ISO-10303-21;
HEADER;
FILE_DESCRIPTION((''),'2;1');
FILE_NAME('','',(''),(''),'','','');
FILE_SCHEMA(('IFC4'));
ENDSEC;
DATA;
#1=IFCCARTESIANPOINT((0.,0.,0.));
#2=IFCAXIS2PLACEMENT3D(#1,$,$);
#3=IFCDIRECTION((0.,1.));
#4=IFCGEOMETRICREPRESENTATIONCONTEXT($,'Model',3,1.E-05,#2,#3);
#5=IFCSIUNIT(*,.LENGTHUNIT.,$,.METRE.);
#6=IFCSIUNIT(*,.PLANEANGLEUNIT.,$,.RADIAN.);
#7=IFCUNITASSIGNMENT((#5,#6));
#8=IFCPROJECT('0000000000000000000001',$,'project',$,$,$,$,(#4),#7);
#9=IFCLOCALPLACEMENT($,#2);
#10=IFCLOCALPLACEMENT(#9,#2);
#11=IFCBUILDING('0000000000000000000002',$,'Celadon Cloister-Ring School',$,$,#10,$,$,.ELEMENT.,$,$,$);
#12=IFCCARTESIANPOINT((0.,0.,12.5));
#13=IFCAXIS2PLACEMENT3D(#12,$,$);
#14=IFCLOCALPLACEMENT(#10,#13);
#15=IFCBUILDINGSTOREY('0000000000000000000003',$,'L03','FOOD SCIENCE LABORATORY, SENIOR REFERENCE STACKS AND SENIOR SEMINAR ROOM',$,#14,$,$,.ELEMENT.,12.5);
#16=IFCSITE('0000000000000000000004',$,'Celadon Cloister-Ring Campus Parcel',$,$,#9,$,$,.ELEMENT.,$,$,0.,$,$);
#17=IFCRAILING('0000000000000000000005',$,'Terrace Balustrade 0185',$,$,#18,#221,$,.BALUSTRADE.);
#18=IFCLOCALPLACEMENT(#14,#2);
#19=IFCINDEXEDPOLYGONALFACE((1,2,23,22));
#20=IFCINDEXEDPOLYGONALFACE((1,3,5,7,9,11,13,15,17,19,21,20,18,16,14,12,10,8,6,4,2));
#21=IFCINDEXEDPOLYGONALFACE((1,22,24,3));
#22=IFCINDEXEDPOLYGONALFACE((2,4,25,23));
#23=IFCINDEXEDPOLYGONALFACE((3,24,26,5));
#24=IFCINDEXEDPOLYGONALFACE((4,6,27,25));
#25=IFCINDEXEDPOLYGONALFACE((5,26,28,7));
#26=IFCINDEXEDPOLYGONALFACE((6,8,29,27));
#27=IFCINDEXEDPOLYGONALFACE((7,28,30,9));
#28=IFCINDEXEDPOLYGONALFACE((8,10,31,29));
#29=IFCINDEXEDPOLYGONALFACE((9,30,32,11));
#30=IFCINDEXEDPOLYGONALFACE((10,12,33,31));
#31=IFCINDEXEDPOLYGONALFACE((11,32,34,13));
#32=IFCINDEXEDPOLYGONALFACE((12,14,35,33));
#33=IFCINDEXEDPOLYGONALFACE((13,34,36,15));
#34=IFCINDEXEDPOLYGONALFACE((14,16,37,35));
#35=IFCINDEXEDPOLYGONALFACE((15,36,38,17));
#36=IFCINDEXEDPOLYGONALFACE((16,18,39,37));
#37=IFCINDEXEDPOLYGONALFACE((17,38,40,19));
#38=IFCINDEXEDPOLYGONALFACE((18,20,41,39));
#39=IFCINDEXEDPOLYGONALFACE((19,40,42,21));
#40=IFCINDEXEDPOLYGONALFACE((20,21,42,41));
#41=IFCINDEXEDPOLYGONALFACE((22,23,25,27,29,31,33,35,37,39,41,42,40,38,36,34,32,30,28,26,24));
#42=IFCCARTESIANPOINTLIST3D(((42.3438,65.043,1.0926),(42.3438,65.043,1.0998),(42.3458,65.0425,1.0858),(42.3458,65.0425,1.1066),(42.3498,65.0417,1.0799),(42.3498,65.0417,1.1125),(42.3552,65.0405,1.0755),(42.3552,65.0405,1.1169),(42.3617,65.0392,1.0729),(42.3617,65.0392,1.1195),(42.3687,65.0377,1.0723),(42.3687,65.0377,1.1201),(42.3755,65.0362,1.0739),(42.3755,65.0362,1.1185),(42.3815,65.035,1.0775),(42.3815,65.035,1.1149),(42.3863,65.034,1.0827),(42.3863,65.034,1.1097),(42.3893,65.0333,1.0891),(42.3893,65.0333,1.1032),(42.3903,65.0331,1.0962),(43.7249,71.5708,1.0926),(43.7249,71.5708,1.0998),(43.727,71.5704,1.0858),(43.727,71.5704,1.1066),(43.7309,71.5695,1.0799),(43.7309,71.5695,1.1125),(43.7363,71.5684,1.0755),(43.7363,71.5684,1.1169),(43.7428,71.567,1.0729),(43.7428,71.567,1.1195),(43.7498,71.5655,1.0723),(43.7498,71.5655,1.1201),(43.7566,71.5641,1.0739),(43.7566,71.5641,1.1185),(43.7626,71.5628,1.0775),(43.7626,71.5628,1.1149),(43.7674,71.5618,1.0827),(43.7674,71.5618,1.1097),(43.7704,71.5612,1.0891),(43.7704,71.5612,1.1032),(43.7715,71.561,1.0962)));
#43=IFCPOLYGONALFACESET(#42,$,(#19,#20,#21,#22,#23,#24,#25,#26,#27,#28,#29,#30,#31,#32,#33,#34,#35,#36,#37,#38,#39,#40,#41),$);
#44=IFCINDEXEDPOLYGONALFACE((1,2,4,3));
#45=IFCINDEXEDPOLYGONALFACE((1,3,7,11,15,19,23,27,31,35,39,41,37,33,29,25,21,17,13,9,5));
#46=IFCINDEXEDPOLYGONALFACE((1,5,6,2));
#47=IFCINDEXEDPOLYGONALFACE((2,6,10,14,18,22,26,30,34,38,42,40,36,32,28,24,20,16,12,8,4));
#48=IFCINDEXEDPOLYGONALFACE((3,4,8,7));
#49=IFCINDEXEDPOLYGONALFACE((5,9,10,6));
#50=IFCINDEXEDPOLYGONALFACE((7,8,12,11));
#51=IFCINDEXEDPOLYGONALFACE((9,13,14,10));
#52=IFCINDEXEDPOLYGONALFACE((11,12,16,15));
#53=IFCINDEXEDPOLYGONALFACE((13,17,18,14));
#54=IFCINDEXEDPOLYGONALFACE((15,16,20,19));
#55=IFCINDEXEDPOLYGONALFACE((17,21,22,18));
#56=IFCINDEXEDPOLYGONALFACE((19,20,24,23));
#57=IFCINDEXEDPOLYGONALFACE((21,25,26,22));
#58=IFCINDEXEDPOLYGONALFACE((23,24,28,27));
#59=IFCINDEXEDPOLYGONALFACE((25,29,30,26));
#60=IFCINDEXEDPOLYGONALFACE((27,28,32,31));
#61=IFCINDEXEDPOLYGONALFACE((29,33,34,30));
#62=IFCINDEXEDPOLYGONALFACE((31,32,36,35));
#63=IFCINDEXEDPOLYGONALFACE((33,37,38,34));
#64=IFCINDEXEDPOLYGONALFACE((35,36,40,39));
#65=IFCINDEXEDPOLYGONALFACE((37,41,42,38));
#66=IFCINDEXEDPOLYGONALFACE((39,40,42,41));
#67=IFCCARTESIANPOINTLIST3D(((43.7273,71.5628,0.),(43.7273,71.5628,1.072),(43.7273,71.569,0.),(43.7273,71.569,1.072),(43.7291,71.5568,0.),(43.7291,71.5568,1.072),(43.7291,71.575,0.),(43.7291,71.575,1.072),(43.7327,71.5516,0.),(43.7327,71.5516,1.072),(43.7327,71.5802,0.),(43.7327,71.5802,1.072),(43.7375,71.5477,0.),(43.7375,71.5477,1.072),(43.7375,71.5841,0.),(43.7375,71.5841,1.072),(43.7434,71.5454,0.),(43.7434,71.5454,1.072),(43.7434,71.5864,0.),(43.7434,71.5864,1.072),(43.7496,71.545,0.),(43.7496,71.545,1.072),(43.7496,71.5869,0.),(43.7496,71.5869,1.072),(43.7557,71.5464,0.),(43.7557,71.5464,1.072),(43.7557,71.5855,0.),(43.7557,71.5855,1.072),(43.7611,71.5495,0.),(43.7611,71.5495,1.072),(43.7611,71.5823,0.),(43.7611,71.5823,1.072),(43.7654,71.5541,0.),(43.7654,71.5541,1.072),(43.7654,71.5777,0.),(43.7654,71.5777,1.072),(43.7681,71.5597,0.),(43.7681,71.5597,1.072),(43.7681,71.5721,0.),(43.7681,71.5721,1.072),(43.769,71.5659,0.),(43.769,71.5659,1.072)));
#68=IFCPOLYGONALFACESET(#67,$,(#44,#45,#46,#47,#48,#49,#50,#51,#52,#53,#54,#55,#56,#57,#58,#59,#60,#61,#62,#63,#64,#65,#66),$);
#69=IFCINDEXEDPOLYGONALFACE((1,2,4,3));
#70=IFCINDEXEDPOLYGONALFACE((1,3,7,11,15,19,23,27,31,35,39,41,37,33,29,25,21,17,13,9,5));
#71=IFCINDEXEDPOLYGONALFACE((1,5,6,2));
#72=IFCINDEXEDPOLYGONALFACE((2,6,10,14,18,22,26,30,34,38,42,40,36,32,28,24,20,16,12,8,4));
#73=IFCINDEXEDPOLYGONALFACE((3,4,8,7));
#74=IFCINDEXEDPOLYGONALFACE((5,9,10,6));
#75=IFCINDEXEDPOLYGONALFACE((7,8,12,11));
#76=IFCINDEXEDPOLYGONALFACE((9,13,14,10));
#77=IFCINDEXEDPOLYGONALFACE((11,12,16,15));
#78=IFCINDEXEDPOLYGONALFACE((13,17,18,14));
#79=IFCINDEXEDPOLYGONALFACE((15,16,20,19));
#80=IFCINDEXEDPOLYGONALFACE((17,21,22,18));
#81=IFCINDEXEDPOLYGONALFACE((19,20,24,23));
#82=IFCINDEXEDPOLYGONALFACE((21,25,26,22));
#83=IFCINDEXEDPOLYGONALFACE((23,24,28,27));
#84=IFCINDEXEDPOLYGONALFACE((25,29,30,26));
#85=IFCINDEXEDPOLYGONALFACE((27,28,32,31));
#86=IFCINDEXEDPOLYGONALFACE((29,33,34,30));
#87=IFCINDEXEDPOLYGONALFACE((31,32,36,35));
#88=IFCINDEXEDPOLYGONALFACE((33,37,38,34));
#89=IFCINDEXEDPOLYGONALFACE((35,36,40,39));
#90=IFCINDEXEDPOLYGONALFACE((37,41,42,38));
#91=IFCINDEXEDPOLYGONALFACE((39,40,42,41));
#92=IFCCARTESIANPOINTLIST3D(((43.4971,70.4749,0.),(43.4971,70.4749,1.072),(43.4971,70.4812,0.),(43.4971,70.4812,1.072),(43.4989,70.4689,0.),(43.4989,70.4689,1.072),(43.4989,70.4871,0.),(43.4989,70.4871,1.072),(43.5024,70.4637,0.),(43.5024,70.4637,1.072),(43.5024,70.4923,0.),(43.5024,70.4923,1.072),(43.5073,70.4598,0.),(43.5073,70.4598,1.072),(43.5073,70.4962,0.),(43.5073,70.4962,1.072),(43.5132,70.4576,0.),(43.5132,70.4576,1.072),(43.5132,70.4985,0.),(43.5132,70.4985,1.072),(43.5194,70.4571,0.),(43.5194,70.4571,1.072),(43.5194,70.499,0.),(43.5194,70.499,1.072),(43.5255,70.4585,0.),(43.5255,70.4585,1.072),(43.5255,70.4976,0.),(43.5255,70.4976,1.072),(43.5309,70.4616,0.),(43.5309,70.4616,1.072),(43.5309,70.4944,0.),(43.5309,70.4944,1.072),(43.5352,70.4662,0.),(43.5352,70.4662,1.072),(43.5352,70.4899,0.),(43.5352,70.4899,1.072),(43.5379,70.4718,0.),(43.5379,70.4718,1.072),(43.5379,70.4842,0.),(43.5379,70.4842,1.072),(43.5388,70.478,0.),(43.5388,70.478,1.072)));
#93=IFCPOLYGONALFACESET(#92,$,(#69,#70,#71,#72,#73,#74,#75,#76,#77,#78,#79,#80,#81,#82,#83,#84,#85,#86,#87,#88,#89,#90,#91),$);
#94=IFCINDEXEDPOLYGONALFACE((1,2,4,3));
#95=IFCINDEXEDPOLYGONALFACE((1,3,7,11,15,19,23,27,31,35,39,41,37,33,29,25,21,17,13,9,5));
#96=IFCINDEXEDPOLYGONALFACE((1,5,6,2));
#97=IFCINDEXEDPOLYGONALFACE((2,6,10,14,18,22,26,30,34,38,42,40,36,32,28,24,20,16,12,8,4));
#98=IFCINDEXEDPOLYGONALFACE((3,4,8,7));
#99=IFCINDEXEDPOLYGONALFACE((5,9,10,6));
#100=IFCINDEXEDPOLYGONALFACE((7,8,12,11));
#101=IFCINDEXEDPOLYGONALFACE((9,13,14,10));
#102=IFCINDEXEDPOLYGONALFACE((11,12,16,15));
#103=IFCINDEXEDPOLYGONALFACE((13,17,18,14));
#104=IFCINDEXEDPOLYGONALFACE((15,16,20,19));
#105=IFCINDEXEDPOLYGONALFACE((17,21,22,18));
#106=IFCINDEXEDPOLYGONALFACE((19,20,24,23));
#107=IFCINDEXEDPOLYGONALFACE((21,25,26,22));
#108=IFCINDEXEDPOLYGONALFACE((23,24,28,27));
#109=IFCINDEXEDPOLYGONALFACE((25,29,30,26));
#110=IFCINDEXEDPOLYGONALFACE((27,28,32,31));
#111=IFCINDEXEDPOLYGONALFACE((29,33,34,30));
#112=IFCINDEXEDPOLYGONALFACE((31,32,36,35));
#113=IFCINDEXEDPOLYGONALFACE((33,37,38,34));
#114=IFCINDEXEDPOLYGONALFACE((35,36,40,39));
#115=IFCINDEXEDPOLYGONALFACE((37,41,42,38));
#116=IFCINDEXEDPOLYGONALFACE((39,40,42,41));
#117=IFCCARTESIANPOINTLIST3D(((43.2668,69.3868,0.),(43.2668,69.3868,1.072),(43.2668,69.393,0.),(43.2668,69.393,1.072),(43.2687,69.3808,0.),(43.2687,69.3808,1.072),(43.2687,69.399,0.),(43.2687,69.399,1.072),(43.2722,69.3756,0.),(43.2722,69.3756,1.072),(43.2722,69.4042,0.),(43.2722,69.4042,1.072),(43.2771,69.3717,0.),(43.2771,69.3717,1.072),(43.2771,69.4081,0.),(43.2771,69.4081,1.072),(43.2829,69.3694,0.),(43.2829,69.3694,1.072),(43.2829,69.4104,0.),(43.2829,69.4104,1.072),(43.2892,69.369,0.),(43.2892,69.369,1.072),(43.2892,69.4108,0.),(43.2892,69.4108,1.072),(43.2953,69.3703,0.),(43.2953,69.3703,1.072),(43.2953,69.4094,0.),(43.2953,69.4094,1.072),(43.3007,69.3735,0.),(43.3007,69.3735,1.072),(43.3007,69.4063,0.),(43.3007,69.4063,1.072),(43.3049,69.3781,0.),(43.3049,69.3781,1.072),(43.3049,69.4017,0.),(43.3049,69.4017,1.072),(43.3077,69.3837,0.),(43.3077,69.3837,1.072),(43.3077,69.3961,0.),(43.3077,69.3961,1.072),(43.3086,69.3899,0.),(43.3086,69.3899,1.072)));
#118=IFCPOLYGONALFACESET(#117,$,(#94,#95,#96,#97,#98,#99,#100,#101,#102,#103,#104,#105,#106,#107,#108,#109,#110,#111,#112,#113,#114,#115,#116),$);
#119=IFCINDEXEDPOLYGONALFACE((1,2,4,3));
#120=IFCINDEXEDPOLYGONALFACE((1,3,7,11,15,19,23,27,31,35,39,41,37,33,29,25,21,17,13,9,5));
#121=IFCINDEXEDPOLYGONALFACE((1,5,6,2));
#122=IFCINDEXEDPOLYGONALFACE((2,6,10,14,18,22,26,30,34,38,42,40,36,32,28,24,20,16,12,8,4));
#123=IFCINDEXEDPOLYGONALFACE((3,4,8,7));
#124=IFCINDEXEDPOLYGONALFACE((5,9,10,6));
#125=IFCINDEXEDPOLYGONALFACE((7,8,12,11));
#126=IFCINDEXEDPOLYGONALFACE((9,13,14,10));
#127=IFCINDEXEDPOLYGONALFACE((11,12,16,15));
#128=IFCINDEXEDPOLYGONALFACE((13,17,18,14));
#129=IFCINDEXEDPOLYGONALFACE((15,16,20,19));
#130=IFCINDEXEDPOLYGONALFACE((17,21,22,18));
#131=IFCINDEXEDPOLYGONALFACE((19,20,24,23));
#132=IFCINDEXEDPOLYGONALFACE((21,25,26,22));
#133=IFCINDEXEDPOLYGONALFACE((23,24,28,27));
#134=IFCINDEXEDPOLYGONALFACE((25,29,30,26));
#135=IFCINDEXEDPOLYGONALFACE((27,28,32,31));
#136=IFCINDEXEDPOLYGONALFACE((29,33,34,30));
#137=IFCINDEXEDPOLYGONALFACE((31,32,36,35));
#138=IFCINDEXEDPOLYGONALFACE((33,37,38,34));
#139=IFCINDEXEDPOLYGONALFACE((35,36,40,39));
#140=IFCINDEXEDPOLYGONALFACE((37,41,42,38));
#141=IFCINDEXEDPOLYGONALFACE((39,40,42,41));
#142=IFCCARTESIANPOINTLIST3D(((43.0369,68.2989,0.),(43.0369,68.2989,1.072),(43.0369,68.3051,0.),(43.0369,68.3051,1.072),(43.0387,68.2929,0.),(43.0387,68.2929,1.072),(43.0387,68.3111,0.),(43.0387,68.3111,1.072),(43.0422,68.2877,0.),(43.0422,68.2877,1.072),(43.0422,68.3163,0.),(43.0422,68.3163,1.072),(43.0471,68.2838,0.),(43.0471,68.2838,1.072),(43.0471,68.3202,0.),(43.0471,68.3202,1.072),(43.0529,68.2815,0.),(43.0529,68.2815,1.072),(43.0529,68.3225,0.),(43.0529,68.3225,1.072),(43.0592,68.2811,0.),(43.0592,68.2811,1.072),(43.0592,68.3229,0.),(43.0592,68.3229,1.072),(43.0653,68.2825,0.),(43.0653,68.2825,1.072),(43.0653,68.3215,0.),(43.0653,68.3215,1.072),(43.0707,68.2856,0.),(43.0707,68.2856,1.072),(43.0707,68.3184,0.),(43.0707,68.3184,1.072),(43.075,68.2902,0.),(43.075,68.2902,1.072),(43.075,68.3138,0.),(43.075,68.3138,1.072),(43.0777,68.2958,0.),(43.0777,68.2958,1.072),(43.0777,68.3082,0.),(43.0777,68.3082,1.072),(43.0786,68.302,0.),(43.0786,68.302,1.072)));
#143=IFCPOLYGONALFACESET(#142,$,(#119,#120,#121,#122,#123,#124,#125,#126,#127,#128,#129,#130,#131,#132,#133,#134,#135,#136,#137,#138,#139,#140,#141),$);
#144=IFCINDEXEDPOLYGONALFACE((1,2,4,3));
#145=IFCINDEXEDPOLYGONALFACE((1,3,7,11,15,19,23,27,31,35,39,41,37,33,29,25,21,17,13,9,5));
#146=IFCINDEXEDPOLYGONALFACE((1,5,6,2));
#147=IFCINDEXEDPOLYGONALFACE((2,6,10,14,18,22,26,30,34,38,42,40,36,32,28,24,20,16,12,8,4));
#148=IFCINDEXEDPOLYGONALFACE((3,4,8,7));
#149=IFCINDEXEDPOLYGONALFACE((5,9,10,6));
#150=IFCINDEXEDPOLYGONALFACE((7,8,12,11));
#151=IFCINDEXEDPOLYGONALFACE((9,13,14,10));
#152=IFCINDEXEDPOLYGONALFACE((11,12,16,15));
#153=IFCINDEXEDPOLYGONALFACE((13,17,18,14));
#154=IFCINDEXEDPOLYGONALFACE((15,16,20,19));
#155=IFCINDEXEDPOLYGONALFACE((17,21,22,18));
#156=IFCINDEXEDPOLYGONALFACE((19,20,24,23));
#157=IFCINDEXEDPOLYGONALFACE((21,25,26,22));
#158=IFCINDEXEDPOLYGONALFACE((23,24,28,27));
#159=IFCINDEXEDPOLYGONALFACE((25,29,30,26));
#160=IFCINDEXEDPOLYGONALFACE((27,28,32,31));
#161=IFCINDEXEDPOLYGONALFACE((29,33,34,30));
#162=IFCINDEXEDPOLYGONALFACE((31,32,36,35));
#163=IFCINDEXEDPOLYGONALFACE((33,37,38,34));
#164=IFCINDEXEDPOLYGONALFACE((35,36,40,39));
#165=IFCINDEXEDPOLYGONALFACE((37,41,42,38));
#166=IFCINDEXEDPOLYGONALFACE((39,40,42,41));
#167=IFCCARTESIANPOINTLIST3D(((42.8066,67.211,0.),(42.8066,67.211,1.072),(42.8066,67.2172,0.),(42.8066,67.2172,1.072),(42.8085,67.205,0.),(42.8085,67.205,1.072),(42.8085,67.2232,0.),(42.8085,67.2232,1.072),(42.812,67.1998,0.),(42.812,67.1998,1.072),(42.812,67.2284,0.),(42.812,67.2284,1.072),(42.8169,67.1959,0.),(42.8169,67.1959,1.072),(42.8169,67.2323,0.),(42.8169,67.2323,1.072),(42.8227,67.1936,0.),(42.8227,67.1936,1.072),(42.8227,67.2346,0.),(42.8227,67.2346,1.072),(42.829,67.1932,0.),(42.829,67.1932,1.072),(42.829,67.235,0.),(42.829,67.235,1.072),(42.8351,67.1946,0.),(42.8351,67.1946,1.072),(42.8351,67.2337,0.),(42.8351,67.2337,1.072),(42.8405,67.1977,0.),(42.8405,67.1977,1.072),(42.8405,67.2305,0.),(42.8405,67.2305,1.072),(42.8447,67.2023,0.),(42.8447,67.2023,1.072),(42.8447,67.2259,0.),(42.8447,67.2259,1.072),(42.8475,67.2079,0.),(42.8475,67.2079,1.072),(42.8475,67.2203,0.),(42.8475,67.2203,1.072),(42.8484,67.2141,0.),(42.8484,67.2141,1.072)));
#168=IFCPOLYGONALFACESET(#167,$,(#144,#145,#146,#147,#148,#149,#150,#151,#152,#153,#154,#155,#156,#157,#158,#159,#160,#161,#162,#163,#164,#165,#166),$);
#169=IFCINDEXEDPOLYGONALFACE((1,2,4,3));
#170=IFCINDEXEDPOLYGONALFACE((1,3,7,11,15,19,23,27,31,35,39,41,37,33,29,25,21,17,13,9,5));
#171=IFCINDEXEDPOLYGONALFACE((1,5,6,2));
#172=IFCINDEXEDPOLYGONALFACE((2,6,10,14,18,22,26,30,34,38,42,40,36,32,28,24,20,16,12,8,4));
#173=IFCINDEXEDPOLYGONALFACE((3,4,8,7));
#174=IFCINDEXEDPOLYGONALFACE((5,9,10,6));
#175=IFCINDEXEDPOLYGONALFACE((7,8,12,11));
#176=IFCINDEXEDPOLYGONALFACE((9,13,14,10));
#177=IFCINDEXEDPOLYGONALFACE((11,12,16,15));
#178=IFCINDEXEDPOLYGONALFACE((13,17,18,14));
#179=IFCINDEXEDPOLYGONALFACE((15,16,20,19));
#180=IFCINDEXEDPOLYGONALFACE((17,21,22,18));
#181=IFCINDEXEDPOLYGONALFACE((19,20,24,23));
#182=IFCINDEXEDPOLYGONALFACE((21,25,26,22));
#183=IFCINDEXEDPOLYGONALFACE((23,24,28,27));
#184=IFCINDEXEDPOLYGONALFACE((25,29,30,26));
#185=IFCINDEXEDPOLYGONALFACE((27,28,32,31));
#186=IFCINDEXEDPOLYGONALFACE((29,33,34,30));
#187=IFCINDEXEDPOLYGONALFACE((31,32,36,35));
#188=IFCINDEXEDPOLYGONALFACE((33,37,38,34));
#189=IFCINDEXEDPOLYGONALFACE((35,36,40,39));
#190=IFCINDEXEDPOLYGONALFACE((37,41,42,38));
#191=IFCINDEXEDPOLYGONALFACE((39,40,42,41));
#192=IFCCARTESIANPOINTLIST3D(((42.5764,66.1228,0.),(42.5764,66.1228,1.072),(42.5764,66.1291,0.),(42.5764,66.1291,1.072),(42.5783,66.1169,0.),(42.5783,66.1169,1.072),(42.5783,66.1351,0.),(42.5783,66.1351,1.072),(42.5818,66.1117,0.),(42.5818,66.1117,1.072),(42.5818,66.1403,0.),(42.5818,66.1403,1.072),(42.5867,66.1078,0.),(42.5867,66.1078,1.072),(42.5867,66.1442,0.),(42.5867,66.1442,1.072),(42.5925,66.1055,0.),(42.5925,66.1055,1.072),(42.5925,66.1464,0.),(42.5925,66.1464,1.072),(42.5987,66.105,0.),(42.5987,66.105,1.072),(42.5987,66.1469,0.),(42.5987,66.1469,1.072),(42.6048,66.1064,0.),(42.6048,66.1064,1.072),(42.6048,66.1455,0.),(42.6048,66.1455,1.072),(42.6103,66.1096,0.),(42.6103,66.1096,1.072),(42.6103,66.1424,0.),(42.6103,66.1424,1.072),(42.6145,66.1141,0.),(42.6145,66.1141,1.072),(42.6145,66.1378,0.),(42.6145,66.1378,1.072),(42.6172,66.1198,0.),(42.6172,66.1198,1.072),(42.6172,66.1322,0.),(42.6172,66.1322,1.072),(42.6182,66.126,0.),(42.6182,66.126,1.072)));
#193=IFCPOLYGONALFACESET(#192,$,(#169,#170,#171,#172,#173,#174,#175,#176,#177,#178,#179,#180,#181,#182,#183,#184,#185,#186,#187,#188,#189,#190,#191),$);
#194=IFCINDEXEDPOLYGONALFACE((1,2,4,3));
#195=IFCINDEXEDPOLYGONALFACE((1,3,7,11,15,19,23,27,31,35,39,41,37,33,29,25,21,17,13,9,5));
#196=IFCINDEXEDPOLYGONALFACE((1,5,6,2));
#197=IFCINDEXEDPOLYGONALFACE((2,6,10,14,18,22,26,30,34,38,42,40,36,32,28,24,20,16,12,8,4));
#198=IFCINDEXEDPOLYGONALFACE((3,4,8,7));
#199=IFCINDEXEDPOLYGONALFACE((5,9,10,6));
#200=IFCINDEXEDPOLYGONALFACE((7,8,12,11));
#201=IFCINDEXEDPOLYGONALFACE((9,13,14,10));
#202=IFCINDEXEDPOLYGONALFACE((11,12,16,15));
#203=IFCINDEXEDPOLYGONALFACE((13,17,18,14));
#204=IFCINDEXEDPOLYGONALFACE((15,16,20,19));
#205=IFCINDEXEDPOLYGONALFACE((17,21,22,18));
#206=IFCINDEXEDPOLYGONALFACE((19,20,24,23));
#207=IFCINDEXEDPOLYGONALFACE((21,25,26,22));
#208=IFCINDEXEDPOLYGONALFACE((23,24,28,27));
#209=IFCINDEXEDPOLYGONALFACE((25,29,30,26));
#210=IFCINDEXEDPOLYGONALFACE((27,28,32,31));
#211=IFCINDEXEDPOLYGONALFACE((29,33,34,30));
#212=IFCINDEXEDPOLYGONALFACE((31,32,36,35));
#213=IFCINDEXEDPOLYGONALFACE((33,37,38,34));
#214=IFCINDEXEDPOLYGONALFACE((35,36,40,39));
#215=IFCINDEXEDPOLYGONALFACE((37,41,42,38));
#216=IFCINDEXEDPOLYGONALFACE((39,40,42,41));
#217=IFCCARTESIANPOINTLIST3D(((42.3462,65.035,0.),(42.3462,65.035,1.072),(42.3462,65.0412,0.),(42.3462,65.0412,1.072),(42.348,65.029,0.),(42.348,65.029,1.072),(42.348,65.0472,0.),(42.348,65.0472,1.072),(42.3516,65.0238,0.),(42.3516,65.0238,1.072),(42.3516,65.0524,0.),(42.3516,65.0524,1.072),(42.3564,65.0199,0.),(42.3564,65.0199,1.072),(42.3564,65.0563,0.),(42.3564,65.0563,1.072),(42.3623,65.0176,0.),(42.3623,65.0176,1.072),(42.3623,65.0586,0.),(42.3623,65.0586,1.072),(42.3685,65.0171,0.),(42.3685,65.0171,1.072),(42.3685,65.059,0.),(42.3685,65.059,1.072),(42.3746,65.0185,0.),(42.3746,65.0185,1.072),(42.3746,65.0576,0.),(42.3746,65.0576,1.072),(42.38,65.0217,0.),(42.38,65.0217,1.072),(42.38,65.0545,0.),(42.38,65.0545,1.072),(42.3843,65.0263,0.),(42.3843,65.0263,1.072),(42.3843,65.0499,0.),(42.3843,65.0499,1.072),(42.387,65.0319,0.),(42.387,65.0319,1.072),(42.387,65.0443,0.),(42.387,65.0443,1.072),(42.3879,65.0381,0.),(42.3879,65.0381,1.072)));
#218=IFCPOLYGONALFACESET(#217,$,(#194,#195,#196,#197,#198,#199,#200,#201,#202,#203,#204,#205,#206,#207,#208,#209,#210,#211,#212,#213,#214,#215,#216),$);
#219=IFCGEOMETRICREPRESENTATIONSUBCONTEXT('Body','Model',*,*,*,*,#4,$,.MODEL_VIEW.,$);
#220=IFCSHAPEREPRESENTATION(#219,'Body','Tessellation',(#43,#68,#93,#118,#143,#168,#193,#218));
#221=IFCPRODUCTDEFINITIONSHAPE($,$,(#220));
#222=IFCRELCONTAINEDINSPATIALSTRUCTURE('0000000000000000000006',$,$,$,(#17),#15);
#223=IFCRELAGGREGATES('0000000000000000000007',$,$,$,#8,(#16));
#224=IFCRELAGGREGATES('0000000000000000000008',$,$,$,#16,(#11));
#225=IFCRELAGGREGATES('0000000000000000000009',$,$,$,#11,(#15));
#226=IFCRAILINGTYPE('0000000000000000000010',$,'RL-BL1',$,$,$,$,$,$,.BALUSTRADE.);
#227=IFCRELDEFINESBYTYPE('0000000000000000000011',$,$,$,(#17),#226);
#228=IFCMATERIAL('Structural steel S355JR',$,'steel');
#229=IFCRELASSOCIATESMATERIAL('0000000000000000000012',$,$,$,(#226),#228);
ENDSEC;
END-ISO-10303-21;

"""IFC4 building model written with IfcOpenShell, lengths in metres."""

from ifc_helpers import new_model, si_unit, direction, frame, origin, origin_2d, place, context, subcontext, project, spatial, circle, extrude, material, type_object, element, save


model = new_model("IFC4")

# Units and contexts
model_context = context("Model", 3, precision=1e-05, world=origin(), true_north=direction((0.0, 1.0)))
body_context = subcontext(model_context, "Body", "Model", "MODEL_VIEW")
ifc_project = project(units=[si_unit("LENGTHUNIT", "METRE"), si_unit("PLANEANGLEUNIT", "RADIAN")], contexts=[model_context])

# Site, building, storey
site_placement = place(None, origin())
site = spatial("IfcSite", under=ifc_project, at=site_placement, Name="Celadon Cloister-Ring Campus Parcel", CompositionType="ELEMENT", RefElevation=0.0)
building_placement = place(site_placement, origin())
building = spatial("IfcBuilding", under=site, at=building_placement, Name="Celadon Cloister-Ring School", CompositionType="ELEMENT")
storey_placement = place(building_placement, frame((0.0, 0.0, 12.5)))
storey = spatial("IfcBuildingStorey", under=building, at=storey_placement, Name="L03", Description="FOOD SCIENCE LABORATORY, SENIOR REFERENCE STACKS AND SENIOR SEMINAR ROOM", CompositionType="ELEMENT", Elevation=12.5)

# Railing
ifc_material_1 = material(Name="Structural steel S355JR", Category="steel")
railing_type = type_object("IfcRailingType", Name="RL-BL1", PredefinedType="BALUSTRADE", material=ifc_material_1)
railing_placement = place(storey_placement, frame((43.748, 71.5659, 0.0)))
element("IfcRailing", 1, at=railing_placement, inside=storey, type_object=railing_type, Name="Terrace Balustrade 0185", PredefinedType="BALUSTRADE", context=body_context, shape_type="SweptSolid", body=[
    extrude(circle(Radius=0.0239, at=origin_2d()), frame((0.0, 0.0, 1.0962), z_axis=(-0.20699, -0.978343, 0.0), x_axis=(0.978343, -0.20699, 0.0)), (0.0, 0.0, 1.0), 6.6724),
    extrude(circle(Radius=0.021, at=origin_2d()), origin(), (0.0, 0.0, 1.0), 1.072),
    extrude(circle(Radius=0.021, at=origin_2d()), frame((-0.2302, -1.0879, 0.0)), (0.0, 0.0, 1.0), 1.072),
    extrude(circle(Radius=0.021, at=origin_2d()), frame((-0.4604, -2.176, 0.0)), (0.0, 0.0, 1.0), 1.072),
    extrude(circle(Radius=0.021, at=origin_2d()), frame((-0.6904, -3.2639, 0.0)), (0.0, 0.0, 1.0), 1.072),
    extrude(circle(Radius=0.021, at=origin_2d()), frame((-0.9207, -4.3518, 0.0)), (0.0, 0.0, 1.0), 1.072),
    extrude(circle(Radius=0.021, at=origin_2d()), frame((-1.1509, -5.4399, 0.0)), (0.0, 0.0, 1.0), 1.072),
    extrude(circle(Radius=0.021, at=origin_2d()), frame((-1.3811, -6.5278, 0.0)), (0.0, 0.0, 1.0), 1.072),
])

save(model, "model.ifc")
